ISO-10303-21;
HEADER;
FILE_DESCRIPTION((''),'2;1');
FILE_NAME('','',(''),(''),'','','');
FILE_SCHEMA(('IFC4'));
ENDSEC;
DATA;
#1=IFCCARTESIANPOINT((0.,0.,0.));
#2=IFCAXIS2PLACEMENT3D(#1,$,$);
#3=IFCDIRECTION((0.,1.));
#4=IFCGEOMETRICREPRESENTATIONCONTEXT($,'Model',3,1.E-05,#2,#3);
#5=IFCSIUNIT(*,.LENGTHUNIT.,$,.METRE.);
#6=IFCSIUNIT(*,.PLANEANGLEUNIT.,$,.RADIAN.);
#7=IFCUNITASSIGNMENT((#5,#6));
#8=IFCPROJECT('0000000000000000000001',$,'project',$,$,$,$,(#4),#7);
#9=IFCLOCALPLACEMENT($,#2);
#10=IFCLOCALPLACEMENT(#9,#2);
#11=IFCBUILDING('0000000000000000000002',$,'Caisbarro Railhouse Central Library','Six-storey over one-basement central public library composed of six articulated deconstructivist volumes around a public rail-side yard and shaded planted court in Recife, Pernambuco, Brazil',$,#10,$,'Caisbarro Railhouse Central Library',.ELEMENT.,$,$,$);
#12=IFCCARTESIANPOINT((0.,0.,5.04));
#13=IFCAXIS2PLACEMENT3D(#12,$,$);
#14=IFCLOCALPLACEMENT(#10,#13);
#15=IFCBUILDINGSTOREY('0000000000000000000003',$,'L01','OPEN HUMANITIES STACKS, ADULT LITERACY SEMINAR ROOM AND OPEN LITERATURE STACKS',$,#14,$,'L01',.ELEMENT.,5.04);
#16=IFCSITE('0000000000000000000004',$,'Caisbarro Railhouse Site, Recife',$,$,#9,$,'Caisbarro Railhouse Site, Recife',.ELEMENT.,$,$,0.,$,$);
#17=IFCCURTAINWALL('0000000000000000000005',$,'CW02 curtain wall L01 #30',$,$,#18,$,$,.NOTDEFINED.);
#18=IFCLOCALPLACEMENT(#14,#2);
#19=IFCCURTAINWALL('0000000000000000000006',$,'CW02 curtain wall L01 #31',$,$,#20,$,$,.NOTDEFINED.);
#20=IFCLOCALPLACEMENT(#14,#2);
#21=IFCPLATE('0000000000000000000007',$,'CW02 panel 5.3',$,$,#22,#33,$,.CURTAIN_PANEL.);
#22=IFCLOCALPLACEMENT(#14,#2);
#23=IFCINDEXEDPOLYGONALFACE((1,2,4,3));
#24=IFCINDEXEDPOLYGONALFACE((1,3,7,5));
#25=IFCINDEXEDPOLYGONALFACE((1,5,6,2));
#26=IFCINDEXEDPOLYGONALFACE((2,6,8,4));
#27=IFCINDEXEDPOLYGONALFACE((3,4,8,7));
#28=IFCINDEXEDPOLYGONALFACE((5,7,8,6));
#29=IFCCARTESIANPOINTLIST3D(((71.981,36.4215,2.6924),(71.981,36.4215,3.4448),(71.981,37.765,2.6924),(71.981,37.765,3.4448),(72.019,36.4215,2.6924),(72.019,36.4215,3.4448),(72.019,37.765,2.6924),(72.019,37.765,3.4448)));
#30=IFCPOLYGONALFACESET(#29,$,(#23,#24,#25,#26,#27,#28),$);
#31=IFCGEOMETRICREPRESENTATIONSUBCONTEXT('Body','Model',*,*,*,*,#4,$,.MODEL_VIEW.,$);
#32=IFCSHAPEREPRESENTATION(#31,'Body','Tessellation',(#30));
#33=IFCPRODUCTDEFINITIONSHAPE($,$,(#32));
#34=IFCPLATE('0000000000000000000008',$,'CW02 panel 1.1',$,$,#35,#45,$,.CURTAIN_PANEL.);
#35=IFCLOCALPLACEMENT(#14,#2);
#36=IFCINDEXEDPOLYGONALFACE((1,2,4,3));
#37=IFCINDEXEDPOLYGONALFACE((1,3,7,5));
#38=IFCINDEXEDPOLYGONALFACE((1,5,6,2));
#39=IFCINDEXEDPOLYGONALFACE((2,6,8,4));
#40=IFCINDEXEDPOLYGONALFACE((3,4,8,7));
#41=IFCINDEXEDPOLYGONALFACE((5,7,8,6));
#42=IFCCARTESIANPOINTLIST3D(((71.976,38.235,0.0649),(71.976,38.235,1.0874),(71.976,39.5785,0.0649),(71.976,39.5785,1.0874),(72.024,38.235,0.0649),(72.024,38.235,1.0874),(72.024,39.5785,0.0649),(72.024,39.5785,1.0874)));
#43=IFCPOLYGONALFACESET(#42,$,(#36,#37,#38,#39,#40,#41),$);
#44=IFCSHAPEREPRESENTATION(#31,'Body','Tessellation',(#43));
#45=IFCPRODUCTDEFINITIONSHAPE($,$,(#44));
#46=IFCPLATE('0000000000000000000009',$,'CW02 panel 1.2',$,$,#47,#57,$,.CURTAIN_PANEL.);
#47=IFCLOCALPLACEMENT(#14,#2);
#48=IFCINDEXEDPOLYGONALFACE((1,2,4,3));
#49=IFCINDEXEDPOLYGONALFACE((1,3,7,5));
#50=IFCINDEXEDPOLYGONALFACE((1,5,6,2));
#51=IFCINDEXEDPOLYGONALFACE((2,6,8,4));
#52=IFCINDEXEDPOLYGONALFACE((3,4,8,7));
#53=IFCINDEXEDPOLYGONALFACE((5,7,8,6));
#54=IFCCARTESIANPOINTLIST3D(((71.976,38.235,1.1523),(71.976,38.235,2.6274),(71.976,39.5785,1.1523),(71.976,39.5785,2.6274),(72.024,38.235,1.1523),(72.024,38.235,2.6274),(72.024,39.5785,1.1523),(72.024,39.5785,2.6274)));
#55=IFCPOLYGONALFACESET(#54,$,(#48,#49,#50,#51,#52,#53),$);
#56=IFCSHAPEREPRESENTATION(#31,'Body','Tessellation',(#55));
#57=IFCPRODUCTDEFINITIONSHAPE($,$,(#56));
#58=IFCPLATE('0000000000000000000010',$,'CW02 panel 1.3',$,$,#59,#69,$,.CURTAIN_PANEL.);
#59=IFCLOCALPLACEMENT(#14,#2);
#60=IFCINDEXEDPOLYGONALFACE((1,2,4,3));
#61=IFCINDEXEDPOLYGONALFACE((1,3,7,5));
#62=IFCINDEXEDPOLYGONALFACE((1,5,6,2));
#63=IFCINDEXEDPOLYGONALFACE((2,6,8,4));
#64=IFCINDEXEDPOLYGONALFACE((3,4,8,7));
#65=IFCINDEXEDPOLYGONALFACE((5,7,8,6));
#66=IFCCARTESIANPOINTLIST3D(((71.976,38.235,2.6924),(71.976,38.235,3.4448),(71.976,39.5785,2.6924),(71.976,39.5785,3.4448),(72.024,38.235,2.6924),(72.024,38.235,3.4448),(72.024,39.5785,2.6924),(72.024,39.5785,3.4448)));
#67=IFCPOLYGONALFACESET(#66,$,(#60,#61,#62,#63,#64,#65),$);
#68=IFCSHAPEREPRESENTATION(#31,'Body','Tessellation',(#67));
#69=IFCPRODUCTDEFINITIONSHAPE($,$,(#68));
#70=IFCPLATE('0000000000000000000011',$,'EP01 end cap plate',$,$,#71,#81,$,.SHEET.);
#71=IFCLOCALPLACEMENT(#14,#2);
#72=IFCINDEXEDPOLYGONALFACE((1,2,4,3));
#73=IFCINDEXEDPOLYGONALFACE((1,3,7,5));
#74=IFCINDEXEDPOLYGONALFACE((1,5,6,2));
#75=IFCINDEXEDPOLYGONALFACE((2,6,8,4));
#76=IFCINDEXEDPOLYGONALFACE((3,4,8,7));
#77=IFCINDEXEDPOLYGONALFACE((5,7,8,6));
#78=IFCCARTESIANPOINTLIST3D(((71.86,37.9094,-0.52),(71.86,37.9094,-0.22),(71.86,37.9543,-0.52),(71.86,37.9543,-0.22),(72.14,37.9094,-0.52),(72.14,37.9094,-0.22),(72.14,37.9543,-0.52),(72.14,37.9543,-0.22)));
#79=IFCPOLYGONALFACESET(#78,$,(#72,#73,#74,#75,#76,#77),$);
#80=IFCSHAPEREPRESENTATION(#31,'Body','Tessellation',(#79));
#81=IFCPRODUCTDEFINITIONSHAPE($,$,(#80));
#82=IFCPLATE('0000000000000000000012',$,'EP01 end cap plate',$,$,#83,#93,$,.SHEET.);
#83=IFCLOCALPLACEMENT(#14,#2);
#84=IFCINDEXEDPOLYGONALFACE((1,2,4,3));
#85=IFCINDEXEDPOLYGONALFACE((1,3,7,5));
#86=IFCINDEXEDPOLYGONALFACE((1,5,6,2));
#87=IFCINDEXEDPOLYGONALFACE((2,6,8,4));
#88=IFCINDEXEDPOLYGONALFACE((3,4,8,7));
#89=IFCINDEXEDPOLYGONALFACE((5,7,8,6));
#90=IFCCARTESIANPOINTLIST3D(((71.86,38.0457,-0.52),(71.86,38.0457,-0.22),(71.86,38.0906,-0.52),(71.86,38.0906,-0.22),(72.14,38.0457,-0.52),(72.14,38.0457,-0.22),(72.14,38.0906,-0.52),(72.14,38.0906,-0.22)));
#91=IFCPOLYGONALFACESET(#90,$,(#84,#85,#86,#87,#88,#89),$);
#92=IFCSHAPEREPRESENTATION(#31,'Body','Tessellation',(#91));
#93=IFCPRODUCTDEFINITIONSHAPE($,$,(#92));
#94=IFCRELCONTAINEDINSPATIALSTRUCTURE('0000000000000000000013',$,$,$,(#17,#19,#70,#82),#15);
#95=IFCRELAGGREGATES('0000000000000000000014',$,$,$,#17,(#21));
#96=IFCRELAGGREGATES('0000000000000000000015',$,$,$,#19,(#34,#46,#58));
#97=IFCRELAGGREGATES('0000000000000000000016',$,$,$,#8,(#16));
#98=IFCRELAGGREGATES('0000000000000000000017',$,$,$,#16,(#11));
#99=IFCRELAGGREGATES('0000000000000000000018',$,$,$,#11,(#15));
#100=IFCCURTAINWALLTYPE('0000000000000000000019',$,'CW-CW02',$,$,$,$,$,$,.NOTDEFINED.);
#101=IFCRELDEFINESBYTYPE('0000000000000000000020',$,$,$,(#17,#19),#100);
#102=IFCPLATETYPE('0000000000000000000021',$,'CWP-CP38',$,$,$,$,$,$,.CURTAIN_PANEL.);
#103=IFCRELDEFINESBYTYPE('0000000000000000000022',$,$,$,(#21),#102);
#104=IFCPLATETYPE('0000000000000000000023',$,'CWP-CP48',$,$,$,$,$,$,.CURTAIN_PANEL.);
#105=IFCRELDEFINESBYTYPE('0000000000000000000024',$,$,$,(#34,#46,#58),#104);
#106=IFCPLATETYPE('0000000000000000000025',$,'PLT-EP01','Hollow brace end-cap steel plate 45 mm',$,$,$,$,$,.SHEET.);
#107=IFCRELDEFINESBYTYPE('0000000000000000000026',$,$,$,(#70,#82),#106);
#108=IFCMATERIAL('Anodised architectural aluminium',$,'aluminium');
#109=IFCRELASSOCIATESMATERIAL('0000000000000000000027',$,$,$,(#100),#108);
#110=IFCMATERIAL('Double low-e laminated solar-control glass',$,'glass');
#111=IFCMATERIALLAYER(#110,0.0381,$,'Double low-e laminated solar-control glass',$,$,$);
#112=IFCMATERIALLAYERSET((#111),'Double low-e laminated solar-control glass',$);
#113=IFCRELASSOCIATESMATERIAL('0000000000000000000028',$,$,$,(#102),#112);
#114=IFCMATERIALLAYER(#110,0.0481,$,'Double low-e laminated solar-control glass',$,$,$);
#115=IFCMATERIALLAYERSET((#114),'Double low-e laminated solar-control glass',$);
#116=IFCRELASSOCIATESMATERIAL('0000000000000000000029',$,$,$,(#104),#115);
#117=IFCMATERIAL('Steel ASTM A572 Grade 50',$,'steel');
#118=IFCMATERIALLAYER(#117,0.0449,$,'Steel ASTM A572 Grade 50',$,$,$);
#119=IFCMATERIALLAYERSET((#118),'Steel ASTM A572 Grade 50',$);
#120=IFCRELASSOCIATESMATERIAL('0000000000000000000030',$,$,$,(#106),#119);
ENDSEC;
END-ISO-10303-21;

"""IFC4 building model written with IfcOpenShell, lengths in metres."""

from ifc_helpers import new_model, si_unit, direction, frame, origin, origin_2d, place, context, subcontext, project, spatial, rectangle, extrude, material, layer, layer_set, type_object, element, aggregate, save


model = new_model("IFC4")

# Units and contexts
model_context = context("Model", 3, precision=1e-05, world=origin(), true_north=direction((0.0, 1.0)))
body_context = subcontext(model_context, "Body", "Model", "MODEL_VIEW")
ifc_project = project(units=[si_unit("LENGTHUNIT", "METRE"), si_unit("PLANEANGLEUNIT", "RADIAN")], contexts=[model_context])

# Site, building, storey
site_placement = place(None, origin())
site = spatial("IfcSite", under=ifc_project, at=site_placement, Name="Caisbarro Railhouse Site, Recife", LongName="Caisbarro Railhouse Site, Recife", CompositionType="ELEMENT", RefElevation=0.0)
building_placement = place(site_placement, origin())
building = spatial("IfcBuilding", under=site, at=building_placement, Name="Caisbarro Railhouse Central Library", Description="Six-storey over one-basement central public library composed of six articulated deconstructivist volumes around a public rail-side yard and shaded planted court in Recife, Pernambuco, Brazil", LongName="Caisbarro Railhouse Central Library", CompositionType="ELEMENT")
storey_placement = place(building_placement, frame((0.0, 0.0, 5.04)))
storey = spatial("IfcBuildingStorey", under=building, at=storey_placement, Name="L01", Description="OPEN HUMANITIES STACKS, ADULT LITERACY SEMINAR ROOM AND OPEN LITERATURE STACKS", LongName="L01", CompositionType="ELEMENT", Elevation=5.04)

# Shared definitions
ifc_material_1 = material(Name="Steel ASTM A572 Grade 50", Category="steel")

# Curtain walls
ifc_material_2 = material(Name="Anodised architectural aluminium", Category="aluminium")
curtain_wall_type = type_object("IfcCurtainWallType", Name="CW-CW02", PredefinedType="NOTDEFINED", material=ifc_material_2)
curtain_wall_1_placement = place(storey_placement, origin())
curtain_wall_1 = element("IfcCurtainWall", 1, at=curtain_wall_1_placement, inside=storey, type_object=curtain_wall_type, Name="CW02 curtain wall L01 #30", PredefinedType="NOTDEFINED")
curtain_wall_2_placement = place(storey_placement, origin())
curtain_wall_2 = element("IfcCurtainWall", 2, at=curtain_wall_2_placement, inside=storey, type_object=curtain_wall_type, Name="CW02 curtain wall L01 #31", PredefinedType="NOTDEFINED")

# Plates
ifc_material_3 = material(Name="Double low-e laminated solar-control glass", Category="glass")
ifc_layer_1 = layer(ifc_material_3, 0.0381, Name="Double low-e laminated solar-control glass")
ifc_layer_set_1 = layer_set([ifc_layer_1], Name="Double low-e laminated solar-control glass")
plate_type_1 = type_object("IfcPlateType", Name="CWP-CP38", PredefinedType="CURTAIN_PANEL", material=ifc_layer_set_1)
plate_1_placement = place(storey_placement, frame((72.0, 37.0933, 2.6924), z_axis=(0.0, 0.0, 1.0), x_axis=(0.0, 1.0, 0.0)))
plate_1 = element("IfcPlate", 3, at=plate_1_placement, type_object=plate_type_1, Name="CW02 panel 5.3", PredefinedType="CURTAIN_PANEL", context=body_context, shape_type="SweptSolid", body=[
    extrude(rectangle(XDim=1.3435, YDim=0.0381, at=origin_2d()), origin(), (0.0, 0.0, 1.0), 0.7524),
])
aggregate(curtain_wall_1, [plate_1])
ifc_layer_2 = layer(ifc_material_3, 0.0481, Name="Double low-e laminated solar-control glass")
ifc_layer_set_2 = layer_set([ifc_layer_2], Name="Double low-e laminated solar-control glass")
plate_type_2 = type_object("IfcPlateType", Name="CWP-CP48", PredefinedType="CURTAIN_PANEL", material=ifc_layer_set_2)
plate_2_placement = place(storey_placement, frame((72.0, 38.9067, 0.0649), z_axis=(0.0, 0.0, 1.0), x_axis=(0.0, 1.0, 0.0)))
plate_2 = element("IfcPlate", 4, at=plate_2_placement, type_object=plate_type_2, Name="CW02 panel 1.1", PredefinedType="CURTAIN_PANEL", context=body_context, shape_type="SweptSolid", body=[
    extrude(rectangle(XDim=1.3435, YDim=0.0481, at=origin_2d()), origin(), (0.0, 0.0, 1.0), 1.0225),
])
plate_3_placement = place(storey_placement, frame((72.0, 38.9067, 1.1523), z_axis=(0.0, 0.0, 1.0), x_axis=(0.0, 1.0, 0.0)))
plate_3 = element("IfcPlate", 5, at=plate_3_placement, type_object=plate_type_2, Name="CW02 panel 1.2", PredefinedType="CURTAIN_PANEL", context=body_context, shape_type="SweptSolid", body=[
    extrude(rectangle(XDim=1.3435, YDim=0.0481, at=origin_2d()), origin(), (0.0, 0.0, 1.0), 1.4751),
])
plate_4_placement = place(storey_placement, frame((72.0, 38.9067, 2.6924), z_axis=(0.0, 0.0, 1.0), x_axis=(0.0, 1.0, 0.0)))
plate_4 = element("IfcPlate", 6, at=plate_4_placement, type_object=plate_type_2, Name="CW02 panel 1.3", PredefinedType="CURTAIN_PANEL", context=body_context, shape_type="SweptSolid", body=[
    extrude(rectangle(XDim=1.3435, YDim=0.0481, at=origin_2d()), origin(), (0.0, 0.0, 1.0), 0.7524),
])
aggregate(curtain_wall_2, [plate_2, plate_3, plate_4])

# Plates
ifc_layer_3 = layer(ifc_material_1, 0.0449, Name="Steel ASTM A572 Grade 50")
ifc_layer_set_3 = layer_set([ifc_layer_3], Name="Steel ASTM A572 Grade 50")
plate_type_3 = type_object("IfcPlateType", Name="PLT-EP01", Description="Hollow brace end-cap steel plate 45 mm", PredefinedType="SHEET", material=ifc_layer_set_3)
for number, where, z_axis, x_axis, name in (
    (7, (72.0, 37.9319, -0.52), (0.0, 0.0, 1.0), (0.0, 1.0, 0.0), "EP01 end cap plate"),
    (8, (72.0, 38.0681, -0.52), (0.0, 0.0, 1.0), (0.0, 1.0, 0.0), "EP01 end cap plate"),
):
    element("IfcPlate", number, at=place(storey_placement, frame(where, z_axis=z_axis, x_axis=x_axis)), inside=storey, type_object=plate_type_3, Name=name, PredefinedType="SHEET", context=body_context, shape_type="SweptSolid", body=[
        extrude(rectangle(XDim=0.0449, YDim=0.28, at=origin_2d()), origin(), (0.0, 0.0, 1.0), 0.3),
    ])

save(model, "model.ifc")
